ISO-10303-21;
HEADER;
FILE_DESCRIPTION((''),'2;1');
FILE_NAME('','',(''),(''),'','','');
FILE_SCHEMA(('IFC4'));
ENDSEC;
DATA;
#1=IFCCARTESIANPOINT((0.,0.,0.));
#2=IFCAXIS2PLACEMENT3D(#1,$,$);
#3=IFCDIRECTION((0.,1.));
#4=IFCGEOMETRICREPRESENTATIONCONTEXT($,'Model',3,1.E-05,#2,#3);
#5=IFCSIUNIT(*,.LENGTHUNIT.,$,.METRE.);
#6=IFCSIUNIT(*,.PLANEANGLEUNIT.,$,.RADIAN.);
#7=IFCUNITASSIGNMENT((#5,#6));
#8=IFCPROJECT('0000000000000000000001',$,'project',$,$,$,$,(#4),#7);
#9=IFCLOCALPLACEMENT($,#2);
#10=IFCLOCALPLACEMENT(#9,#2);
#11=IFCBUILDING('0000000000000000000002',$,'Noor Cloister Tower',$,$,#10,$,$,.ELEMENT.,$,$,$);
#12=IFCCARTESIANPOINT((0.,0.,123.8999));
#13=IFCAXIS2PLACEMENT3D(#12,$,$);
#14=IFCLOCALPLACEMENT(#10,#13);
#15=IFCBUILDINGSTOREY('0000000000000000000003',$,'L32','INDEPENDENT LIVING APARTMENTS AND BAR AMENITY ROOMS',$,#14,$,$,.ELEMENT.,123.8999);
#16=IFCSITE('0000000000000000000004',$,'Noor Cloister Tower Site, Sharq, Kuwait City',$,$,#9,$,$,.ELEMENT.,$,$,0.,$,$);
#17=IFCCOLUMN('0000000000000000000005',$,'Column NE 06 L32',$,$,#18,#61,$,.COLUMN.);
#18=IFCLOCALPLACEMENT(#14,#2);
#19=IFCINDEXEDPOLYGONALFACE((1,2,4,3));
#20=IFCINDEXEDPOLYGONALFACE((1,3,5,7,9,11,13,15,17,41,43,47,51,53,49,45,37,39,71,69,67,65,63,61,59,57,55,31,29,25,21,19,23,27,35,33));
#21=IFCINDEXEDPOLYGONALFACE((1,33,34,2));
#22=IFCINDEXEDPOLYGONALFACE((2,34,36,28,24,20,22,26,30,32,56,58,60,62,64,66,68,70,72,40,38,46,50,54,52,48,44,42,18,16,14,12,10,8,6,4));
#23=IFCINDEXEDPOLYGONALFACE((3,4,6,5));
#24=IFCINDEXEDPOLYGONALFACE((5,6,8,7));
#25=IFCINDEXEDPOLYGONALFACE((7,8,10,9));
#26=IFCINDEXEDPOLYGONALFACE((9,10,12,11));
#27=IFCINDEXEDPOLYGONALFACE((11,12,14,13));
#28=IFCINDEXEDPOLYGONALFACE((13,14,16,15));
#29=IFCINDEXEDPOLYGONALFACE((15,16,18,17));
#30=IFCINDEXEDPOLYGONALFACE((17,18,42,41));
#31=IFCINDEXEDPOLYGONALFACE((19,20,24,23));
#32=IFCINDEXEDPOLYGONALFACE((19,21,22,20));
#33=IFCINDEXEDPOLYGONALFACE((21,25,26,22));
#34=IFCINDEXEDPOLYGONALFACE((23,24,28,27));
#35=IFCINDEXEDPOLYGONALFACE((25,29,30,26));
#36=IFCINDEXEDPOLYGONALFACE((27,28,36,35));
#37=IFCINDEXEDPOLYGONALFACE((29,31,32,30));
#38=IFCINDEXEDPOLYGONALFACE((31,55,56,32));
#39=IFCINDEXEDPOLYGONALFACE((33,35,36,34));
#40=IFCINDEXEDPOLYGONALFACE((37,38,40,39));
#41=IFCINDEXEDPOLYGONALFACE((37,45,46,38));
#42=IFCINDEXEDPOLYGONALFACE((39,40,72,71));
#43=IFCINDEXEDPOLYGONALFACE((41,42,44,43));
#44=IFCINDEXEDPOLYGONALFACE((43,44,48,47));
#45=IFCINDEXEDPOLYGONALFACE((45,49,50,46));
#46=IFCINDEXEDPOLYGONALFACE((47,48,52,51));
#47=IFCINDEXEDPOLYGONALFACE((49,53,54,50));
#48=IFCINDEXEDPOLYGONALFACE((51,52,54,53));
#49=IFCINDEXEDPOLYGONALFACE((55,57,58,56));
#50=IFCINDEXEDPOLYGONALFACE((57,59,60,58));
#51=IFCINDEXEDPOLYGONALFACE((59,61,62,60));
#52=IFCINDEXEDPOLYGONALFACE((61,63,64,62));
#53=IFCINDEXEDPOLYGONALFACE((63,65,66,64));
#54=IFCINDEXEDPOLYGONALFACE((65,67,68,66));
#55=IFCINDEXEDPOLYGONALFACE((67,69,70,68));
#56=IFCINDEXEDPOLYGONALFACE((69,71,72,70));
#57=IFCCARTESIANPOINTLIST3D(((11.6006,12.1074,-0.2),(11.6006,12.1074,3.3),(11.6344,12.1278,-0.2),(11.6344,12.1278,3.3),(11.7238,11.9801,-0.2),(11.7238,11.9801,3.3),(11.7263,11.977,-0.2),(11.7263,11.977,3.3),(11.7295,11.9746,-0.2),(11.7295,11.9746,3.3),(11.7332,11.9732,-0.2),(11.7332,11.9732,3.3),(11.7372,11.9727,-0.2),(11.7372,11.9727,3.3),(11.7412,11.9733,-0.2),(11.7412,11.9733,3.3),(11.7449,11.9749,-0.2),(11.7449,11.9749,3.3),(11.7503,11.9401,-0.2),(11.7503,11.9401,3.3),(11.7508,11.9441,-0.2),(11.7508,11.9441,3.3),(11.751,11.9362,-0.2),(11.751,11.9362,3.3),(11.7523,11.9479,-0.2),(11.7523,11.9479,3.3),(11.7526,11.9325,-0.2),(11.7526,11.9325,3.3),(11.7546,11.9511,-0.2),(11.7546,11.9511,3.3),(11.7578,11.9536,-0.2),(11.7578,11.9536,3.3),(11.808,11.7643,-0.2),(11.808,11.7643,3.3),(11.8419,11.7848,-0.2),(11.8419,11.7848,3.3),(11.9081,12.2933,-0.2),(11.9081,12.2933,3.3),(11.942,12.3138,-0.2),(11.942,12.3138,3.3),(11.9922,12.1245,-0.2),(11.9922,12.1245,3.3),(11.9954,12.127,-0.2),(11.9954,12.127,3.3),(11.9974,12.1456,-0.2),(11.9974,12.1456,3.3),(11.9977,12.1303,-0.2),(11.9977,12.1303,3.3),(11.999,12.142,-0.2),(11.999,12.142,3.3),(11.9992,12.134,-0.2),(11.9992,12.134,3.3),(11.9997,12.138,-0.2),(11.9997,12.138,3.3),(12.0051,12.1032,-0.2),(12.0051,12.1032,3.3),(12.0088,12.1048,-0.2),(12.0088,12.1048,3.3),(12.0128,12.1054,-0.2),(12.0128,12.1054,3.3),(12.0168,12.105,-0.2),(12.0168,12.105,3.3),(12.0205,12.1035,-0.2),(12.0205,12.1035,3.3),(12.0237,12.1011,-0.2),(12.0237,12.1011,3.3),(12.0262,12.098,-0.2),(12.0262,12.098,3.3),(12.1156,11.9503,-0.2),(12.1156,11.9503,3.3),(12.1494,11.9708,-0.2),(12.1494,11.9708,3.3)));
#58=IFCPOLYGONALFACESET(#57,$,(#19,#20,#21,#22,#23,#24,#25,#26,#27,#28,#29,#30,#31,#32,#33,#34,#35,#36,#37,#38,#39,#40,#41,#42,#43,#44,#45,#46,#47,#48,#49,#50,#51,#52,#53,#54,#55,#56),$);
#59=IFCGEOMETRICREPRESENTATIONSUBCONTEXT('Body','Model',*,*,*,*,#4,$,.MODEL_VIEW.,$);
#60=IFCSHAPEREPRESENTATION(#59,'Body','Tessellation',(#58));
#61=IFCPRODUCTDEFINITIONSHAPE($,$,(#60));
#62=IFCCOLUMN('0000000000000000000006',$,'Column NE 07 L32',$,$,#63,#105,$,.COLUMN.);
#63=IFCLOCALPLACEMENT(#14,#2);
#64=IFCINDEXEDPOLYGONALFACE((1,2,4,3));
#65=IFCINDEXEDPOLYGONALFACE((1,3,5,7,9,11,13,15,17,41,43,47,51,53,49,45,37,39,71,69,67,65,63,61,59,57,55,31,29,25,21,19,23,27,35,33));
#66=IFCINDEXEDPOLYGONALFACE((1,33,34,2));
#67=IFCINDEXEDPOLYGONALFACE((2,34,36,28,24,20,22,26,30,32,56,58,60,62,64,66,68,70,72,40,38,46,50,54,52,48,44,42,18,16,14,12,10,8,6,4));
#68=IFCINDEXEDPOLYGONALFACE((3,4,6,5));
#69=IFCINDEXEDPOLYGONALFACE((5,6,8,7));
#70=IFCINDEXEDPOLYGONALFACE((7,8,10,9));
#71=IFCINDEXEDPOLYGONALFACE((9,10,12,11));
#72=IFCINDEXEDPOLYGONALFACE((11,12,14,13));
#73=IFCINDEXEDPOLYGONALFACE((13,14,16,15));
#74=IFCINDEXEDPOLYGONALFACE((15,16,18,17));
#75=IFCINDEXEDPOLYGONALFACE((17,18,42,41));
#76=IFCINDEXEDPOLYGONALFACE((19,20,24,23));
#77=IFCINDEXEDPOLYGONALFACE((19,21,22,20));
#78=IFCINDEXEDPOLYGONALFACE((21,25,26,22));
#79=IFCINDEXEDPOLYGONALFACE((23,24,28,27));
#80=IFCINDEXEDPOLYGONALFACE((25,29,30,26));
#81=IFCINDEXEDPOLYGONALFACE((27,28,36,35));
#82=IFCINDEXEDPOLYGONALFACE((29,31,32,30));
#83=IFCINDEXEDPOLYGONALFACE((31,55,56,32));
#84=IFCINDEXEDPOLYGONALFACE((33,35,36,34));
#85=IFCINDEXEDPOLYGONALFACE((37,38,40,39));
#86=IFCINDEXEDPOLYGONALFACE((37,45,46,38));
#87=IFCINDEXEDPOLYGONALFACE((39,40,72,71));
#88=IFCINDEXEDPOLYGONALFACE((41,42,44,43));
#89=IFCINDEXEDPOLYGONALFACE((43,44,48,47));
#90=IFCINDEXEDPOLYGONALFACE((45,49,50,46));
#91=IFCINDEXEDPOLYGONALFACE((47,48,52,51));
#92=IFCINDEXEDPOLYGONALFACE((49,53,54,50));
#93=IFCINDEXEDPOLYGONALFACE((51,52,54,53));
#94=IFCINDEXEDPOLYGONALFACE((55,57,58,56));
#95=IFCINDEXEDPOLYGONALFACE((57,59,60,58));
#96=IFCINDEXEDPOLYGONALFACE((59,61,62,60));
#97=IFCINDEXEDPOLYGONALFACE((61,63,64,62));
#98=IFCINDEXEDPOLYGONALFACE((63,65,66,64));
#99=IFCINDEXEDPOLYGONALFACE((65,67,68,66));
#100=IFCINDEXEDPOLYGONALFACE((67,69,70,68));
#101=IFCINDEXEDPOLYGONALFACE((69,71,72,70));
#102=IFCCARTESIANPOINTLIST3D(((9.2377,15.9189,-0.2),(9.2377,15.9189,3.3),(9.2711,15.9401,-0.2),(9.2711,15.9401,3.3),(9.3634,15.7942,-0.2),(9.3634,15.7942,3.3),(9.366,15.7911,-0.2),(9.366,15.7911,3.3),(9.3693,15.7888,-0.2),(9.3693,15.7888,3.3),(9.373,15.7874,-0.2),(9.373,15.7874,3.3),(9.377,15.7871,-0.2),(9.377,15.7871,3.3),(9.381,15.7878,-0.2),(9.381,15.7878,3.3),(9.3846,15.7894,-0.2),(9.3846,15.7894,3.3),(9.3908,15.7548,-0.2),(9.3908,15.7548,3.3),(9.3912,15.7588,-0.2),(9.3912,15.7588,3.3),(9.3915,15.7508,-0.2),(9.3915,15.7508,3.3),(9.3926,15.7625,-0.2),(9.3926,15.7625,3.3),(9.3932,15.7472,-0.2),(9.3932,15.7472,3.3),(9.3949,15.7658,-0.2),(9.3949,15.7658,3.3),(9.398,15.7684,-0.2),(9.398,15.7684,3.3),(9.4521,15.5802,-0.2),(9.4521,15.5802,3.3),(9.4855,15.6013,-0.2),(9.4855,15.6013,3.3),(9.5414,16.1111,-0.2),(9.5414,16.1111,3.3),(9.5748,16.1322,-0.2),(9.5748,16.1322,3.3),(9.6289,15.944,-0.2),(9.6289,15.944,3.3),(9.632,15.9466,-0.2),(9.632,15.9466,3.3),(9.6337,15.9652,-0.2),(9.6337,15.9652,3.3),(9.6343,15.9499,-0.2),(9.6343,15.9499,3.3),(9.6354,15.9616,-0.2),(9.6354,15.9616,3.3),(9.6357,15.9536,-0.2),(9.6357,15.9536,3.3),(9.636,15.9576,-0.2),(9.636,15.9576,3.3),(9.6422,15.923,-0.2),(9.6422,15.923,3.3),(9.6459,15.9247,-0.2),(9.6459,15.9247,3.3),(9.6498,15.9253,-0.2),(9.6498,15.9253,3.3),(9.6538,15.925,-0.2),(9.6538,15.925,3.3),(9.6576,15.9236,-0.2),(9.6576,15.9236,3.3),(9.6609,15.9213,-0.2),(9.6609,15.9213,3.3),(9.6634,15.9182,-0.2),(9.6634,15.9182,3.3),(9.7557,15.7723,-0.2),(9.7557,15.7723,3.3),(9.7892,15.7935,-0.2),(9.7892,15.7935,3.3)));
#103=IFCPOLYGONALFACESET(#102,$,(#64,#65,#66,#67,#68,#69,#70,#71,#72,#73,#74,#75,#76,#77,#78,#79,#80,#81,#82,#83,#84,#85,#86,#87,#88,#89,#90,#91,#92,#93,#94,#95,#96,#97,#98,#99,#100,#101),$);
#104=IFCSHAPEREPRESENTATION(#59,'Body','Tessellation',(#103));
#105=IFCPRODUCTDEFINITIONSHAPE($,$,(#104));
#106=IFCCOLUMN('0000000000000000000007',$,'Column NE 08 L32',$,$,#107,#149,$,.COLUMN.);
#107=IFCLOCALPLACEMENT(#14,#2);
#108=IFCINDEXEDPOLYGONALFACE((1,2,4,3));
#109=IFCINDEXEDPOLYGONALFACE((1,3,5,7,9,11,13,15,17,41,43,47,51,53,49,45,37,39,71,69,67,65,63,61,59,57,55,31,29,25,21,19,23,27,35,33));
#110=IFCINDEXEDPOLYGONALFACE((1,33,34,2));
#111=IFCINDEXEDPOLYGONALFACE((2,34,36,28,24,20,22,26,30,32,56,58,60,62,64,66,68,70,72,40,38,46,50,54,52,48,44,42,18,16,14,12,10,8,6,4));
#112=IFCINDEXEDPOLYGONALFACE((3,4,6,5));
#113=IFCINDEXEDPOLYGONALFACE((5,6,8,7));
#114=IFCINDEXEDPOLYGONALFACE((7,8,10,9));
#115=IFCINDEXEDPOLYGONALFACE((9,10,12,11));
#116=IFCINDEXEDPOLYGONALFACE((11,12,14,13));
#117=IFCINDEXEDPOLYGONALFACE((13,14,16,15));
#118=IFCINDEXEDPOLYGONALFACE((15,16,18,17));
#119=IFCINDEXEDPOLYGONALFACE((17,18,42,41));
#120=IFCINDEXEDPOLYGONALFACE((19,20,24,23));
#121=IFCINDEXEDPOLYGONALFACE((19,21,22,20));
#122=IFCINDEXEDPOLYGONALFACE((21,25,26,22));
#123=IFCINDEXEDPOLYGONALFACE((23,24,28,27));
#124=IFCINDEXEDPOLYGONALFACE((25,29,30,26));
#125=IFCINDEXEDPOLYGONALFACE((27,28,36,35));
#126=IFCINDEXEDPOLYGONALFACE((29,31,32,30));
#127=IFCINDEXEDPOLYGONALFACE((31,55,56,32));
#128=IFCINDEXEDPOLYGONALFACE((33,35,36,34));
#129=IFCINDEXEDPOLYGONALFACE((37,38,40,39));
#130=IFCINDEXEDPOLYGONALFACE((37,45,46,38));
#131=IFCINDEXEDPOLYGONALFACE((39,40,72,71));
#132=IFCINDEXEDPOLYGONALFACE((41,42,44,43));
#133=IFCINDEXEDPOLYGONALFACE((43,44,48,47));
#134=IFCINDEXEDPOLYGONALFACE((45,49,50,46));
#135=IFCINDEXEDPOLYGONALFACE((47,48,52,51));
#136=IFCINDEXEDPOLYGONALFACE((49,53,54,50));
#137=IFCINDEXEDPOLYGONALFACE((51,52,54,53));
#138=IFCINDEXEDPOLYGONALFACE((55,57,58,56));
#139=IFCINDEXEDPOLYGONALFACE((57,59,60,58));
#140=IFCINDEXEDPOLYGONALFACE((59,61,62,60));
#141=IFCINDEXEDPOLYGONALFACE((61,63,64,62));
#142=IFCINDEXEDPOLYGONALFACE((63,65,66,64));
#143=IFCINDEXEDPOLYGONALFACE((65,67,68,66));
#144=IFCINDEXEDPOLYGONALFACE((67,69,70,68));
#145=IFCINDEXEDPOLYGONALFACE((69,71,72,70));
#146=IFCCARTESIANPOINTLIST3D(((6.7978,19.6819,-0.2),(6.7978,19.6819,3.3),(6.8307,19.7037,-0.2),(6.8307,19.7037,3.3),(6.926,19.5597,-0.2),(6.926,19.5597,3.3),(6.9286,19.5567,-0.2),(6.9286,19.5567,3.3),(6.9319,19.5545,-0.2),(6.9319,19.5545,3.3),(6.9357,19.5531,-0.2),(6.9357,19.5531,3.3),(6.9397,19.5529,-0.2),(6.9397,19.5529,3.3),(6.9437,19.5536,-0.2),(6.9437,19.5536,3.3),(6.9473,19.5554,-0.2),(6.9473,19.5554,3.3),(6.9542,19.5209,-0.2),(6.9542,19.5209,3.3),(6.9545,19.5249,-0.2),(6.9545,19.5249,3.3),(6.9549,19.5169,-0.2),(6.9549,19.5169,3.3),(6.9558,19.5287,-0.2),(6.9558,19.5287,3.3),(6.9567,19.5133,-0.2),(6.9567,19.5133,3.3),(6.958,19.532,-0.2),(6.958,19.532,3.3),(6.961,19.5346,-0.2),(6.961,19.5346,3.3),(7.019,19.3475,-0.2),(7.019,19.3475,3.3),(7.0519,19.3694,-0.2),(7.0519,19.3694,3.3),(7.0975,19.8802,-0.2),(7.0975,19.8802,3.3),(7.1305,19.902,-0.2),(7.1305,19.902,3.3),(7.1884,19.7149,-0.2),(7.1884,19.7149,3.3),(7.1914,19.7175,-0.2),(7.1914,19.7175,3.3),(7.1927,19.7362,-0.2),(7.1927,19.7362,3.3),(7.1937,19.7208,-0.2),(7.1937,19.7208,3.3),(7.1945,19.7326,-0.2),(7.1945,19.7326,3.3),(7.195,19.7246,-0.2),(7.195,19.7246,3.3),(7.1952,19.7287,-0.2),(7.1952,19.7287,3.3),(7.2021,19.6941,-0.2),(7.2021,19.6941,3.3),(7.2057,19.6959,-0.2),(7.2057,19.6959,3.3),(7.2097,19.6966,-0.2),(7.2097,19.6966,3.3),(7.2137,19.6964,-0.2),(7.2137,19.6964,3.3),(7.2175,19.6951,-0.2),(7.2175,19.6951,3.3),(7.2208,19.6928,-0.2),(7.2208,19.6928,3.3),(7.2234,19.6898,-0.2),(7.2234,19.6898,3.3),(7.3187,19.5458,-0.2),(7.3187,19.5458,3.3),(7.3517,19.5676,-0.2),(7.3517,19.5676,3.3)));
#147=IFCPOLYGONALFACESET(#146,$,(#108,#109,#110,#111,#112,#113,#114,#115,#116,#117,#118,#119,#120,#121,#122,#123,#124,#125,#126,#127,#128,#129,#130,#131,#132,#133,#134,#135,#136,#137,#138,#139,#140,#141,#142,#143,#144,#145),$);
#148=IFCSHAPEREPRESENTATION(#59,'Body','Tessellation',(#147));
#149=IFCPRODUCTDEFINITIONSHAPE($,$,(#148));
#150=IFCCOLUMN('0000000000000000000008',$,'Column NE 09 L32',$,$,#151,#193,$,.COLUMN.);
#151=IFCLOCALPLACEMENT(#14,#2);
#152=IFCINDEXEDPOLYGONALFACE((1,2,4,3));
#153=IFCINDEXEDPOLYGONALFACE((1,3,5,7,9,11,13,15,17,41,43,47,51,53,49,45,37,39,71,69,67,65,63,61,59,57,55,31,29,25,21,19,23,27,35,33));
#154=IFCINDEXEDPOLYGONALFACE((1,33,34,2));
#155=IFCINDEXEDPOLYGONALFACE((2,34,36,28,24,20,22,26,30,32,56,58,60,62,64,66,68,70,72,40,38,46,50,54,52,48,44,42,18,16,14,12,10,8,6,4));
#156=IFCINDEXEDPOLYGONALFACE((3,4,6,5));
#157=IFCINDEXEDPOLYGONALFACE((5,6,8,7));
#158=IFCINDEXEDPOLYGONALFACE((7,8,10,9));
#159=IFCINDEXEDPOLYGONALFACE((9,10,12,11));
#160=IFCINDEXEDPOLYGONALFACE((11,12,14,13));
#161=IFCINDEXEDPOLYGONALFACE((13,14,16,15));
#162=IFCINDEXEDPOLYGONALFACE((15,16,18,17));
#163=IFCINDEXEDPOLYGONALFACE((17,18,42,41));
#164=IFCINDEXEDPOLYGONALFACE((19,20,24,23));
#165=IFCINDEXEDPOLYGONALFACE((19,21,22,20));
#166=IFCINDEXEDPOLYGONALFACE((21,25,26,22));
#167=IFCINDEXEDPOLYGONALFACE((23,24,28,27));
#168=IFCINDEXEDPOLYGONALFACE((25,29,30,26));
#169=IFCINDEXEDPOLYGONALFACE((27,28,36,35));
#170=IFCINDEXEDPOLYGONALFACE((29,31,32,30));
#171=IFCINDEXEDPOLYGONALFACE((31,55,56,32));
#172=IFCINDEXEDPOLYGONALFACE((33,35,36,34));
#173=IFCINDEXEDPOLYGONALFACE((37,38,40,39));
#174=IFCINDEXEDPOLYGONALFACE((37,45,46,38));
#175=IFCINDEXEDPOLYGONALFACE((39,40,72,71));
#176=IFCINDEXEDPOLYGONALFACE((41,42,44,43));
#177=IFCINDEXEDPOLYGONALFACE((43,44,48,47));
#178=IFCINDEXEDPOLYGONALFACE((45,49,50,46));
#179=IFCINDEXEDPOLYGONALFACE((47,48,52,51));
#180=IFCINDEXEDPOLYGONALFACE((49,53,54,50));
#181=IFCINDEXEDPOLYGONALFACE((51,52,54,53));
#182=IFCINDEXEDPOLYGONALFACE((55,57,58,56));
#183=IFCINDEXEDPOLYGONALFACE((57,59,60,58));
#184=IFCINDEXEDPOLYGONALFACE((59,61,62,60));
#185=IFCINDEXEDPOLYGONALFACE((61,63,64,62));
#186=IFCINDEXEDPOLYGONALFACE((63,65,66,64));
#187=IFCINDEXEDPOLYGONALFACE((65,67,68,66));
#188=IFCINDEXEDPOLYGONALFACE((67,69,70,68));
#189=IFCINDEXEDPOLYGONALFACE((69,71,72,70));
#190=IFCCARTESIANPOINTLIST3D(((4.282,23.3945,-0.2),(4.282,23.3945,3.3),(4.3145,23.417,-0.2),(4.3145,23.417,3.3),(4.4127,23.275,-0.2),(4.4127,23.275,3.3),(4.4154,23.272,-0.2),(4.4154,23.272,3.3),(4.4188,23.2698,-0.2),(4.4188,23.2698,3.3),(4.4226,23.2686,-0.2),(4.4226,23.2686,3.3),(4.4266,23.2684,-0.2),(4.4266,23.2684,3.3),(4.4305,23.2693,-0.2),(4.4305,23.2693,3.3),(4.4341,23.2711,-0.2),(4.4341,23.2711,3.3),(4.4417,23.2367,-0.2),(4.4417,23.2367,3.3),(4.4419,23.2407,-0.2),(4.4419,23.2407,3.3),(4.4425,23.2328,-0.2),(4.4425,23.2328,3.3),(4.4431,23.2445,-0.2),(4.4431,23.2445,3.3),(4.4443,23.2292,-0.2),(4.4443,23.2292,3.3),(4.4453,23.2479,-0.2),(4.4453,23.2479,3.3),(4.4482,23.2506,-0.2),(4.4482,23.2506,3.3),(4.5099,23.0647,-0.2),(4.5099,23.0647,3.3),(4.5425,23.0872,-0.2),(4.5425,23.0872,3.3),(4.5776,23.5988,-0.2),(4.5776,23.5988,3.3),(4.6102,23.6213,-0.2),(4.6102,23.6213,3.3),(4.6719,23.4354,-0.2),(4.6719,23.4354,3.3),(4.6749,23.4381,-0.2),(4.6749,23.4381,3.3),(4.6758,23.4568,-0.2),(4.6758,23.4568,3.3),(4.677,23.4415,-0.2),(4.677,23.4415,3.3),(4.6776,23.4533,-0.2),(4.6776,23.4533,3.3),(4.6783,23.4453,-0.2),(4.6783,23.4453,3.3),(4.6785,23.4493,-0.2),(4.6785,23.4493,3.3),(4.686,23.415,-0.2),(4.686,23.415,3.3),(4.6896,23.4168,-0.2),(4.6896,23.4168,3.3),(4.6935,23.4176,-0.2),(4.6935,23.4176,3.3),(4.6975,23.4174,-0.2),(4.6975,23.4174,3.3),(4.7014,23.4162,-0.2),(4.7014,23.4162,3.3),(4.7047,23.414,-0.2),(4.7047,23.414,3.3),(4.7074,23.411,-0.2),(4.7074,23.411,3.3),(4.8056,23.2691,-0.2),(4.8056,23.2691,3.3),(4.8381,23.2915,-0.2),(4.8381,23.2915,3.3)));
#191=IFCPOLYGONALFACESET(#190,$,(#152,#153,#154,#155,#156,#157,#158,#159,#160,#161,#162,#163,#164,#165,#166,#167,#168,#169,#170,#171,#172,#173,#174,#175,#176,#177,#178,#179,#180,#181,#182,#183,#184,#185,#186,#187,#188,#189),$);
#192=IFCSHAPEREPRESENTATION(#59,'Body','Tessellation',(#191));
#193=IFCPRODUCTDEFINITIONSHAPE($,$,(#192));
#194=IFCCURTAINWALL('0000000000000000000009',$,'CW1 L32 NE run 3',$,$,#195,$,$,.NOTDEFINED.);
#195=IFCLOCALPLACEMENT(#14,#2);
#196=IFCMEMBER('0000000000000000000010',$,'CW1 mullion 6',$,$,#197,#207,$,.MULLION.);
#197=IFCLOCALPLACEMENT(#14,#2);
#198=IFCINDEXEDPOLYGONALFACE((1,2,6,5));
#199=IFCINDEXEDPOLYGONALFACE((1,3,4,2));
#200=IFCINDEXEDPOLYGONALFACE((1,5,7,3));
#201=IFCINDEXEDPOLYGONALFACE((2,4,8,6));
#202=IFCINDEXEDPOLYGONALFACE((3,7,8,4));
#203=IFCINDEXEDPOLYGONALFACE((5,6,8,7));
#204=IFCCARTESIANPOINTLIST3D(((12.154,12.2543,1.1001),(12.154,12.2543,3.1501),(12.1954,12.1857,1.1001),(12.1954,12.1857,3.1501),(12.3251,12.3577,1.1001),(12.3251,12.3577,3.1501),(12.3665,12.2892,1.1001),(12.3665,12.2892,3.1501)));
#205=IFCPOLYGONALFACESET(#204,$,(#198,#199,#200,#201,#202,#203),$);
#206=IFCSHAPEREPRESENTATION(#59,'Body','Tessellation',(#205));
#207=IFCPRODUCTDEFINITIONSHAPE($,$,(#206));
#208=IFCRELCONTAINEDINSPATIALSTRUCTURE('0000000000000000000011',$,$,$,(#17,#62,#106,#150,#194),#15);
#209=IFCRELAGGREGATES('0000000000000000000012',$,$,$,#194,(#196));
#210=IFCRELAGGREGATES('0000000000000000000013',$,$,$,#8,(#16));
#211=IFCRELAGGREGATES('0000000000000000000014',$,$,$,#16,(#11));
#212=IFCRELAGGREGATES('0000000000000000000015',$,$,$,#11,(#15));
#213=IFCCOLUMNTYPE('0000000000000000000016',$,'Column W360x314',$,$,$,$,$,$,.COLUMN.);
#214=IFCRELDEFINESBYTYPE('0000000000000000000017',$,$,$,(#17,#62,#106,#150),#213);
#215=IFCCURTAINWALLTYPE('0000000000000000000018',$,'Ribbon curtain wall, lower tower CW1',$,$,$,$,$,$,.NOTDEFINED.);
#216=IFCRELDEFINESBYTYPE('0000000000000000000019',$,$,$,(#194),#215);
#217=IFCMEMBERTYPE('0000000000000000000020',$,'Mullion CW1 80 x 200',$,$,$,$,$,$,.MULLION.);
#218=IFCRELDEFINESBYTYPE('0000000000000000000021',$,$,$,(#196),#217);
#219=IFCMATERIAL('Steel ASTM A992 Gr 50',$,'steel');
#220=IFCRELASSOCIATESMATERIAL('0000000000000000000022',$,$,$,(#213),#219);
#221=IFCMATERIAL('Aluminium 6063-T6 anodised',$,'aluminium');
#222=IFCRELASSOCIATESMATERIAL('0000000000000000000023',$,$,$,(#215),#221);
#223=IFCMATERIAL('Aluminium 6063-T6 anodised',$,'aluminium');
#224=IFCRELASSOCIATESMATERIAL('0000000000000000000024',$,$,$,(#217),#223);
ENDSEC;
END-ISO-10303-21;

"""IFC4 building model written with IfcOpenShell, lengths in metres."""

from ifc_helpers import new_model, si_unit, direction, frame, origin, origin_2d, place, context, subcontext, project, spatial, rectangle, i_section, extrude, material, material_profile, profile_set, type_object, element, aggregate, save


model = new_model("IFC4")

# Units and contexts
model_context = context("Model", 3, precision=1e-05, world=origin(), true_north=direction((0.0, 1.0)))
body_context = subcontext(model_context, "Body", "Model", "MODEL_VIEW")
ifc_project = project(units=[si_unit("LENGTHUNIT", "METRE"), si_unit("PLANEANGLEUNIT", "RADIAN")], contexts=[model_context])

# Site, building, storey
site_placement = place(None, origin())
site = spatial("IfcSite", under=ifc_project, at=site_placement, Name="Noor Cloister Tower Site, Sharq, Kuwait City", CompositionType="ELEMENT", RefElevation=0.0)
building_placement = place(site_placement, origin())
building = spatial("IfcBuilding", under=site, at=building_placement, Name="Noor Cloister Tower", CompositionType="ELEMENT")
storey_placement = place(building_placement, frame((0.0, 0.0, 123.8999)))
storey = spatial("IfcBuildingStorey", under=building, at=storey_placement, Name="L32", Description="INDEPENDENT LIVING APARTMENTS AND BAR AMENITY ROOMS", CompositionType="ELEMENT", Elevation=123.8999)

# Columns
ifc_material_1 = material(Name="Steel ASTM A992 Gr 50", Category="steel")
ifc_material_profile_1 = material_profile(ifc_material_1, i_section(OverallWidth=0.4009, OverallDepth=0.3989, WebThickness=0.0249, FlangeThickness=0.0396, FilletRadius=0.0154, at=origin_2d()), Name="W360x314")
ifc_profile_set_1 = profile_set([ifc_material_profile_1], Name="Steel ASTM A992 Gr 50")
column_type = type_object("IfcColumnType", Name="Column W360x314", PredefinedType="COLUMN", material=ifc_profile_set_1)
for number, where, z_axis, x_axis, name in (
    (1, (11.875, 12.0391, -0.2), (0.0, 0.0, 1.0), (-0.517472, 0.8557, 0.0), "Column NE 06 L32"),
    (2, (9.5134, 15.8562, -0.2), (0.0, 0.0, 1.0), (-0.53473, 0.845023, 0.0), "Column NE 07 L32"),
    (3, (7.0747, 19.6248, -0.2), (0.0, 0.0, 1.0), (-0.551768, 0.833997, 0.0), "Column NE 08 L32"),
    (4, (4.5601, 23.343, -0.2), (0.0, 0.0, 1.0), (-0.568579, 0.822628, 0.0), "Column NE 09 L32"),
):
    element("IfcColumn", number, at=place(storey_placement, frame(where, z_axis=z_axis, x_axis=x_axis)), inside=storey, type_object=column_type, Name=name, PredefinedType="COLUMN", context=body_context, shape_type="SweptSolid", body=[
        extrude(i_section(OverallWidth=0.4009, OverallDepth=0.3989, WebThickness=0.0249, FlangeThickness=0.0396, FilletRadius=0.0154, at=origin_2d()), origin(), (0.0, 0.0, 1.0), 3.5),
    ])

# Curtain wall, member
ifc_material_2 = material(Name="Aluminium 6063-T6 anodised", Category="aluminium")
curtain_wall_type = type_object("IfcCurtainWallType", Name="Ribbon curtain wall, lower tower CW1", PredefinedType="NOTDEFINED", material=ifc_material_2)
curtain_wall_placement = place(storey_placement, origin())
curtain_wall = element("IfcCurtainWall", 5, at=curtain_wall_placement, inside=storey, type_object=curtain_wall_type, Name="CW1 L32 NE run 3", PredefinedType="NOTDEFINED")
ifc_material_3 = material(Name="Aluminium 6063-T6 anodised", Category="aluminium")
ifc_material_profile_2 = material_profile(ifc_material_3, rectangle(XDim=0.2, YDim=0.0801, at=origin_2d()), Name="200 x 80 mullion")
ifc_profile_set_2 = profile_set([ifc_material_profile_2], Name="Aluminium 6063-T6 anodised")
member_type = type_object("IfcMemberType", Name="Mullion CW1 80 x 200", PredefinedType="MULLION", material=ifc_profile_set_2)
member_1_placement = place(storey_placement, frame((12.2603, 12.2717, 1.1001), z_axis=(0.0, 0.0, 1.0), x_axis=(-0.8557, -0.517472, 0.0)))
member_1 = element("IfcMember", 6, at=member_1_placement, type_object=member_type, Name="CW1 mullion 6", PredefinedType="MULLION", context=body_context, shape_type="SweptSolid", body=[
    extrude(rectangle(XDim=0.2, YDim=0.0801, at=origin_2d()), origin(), (0.0, 0.0, 1.0), 2.05),
])

aggregate(curtain_wall, [member_1])

save(model, "model.ifc")
